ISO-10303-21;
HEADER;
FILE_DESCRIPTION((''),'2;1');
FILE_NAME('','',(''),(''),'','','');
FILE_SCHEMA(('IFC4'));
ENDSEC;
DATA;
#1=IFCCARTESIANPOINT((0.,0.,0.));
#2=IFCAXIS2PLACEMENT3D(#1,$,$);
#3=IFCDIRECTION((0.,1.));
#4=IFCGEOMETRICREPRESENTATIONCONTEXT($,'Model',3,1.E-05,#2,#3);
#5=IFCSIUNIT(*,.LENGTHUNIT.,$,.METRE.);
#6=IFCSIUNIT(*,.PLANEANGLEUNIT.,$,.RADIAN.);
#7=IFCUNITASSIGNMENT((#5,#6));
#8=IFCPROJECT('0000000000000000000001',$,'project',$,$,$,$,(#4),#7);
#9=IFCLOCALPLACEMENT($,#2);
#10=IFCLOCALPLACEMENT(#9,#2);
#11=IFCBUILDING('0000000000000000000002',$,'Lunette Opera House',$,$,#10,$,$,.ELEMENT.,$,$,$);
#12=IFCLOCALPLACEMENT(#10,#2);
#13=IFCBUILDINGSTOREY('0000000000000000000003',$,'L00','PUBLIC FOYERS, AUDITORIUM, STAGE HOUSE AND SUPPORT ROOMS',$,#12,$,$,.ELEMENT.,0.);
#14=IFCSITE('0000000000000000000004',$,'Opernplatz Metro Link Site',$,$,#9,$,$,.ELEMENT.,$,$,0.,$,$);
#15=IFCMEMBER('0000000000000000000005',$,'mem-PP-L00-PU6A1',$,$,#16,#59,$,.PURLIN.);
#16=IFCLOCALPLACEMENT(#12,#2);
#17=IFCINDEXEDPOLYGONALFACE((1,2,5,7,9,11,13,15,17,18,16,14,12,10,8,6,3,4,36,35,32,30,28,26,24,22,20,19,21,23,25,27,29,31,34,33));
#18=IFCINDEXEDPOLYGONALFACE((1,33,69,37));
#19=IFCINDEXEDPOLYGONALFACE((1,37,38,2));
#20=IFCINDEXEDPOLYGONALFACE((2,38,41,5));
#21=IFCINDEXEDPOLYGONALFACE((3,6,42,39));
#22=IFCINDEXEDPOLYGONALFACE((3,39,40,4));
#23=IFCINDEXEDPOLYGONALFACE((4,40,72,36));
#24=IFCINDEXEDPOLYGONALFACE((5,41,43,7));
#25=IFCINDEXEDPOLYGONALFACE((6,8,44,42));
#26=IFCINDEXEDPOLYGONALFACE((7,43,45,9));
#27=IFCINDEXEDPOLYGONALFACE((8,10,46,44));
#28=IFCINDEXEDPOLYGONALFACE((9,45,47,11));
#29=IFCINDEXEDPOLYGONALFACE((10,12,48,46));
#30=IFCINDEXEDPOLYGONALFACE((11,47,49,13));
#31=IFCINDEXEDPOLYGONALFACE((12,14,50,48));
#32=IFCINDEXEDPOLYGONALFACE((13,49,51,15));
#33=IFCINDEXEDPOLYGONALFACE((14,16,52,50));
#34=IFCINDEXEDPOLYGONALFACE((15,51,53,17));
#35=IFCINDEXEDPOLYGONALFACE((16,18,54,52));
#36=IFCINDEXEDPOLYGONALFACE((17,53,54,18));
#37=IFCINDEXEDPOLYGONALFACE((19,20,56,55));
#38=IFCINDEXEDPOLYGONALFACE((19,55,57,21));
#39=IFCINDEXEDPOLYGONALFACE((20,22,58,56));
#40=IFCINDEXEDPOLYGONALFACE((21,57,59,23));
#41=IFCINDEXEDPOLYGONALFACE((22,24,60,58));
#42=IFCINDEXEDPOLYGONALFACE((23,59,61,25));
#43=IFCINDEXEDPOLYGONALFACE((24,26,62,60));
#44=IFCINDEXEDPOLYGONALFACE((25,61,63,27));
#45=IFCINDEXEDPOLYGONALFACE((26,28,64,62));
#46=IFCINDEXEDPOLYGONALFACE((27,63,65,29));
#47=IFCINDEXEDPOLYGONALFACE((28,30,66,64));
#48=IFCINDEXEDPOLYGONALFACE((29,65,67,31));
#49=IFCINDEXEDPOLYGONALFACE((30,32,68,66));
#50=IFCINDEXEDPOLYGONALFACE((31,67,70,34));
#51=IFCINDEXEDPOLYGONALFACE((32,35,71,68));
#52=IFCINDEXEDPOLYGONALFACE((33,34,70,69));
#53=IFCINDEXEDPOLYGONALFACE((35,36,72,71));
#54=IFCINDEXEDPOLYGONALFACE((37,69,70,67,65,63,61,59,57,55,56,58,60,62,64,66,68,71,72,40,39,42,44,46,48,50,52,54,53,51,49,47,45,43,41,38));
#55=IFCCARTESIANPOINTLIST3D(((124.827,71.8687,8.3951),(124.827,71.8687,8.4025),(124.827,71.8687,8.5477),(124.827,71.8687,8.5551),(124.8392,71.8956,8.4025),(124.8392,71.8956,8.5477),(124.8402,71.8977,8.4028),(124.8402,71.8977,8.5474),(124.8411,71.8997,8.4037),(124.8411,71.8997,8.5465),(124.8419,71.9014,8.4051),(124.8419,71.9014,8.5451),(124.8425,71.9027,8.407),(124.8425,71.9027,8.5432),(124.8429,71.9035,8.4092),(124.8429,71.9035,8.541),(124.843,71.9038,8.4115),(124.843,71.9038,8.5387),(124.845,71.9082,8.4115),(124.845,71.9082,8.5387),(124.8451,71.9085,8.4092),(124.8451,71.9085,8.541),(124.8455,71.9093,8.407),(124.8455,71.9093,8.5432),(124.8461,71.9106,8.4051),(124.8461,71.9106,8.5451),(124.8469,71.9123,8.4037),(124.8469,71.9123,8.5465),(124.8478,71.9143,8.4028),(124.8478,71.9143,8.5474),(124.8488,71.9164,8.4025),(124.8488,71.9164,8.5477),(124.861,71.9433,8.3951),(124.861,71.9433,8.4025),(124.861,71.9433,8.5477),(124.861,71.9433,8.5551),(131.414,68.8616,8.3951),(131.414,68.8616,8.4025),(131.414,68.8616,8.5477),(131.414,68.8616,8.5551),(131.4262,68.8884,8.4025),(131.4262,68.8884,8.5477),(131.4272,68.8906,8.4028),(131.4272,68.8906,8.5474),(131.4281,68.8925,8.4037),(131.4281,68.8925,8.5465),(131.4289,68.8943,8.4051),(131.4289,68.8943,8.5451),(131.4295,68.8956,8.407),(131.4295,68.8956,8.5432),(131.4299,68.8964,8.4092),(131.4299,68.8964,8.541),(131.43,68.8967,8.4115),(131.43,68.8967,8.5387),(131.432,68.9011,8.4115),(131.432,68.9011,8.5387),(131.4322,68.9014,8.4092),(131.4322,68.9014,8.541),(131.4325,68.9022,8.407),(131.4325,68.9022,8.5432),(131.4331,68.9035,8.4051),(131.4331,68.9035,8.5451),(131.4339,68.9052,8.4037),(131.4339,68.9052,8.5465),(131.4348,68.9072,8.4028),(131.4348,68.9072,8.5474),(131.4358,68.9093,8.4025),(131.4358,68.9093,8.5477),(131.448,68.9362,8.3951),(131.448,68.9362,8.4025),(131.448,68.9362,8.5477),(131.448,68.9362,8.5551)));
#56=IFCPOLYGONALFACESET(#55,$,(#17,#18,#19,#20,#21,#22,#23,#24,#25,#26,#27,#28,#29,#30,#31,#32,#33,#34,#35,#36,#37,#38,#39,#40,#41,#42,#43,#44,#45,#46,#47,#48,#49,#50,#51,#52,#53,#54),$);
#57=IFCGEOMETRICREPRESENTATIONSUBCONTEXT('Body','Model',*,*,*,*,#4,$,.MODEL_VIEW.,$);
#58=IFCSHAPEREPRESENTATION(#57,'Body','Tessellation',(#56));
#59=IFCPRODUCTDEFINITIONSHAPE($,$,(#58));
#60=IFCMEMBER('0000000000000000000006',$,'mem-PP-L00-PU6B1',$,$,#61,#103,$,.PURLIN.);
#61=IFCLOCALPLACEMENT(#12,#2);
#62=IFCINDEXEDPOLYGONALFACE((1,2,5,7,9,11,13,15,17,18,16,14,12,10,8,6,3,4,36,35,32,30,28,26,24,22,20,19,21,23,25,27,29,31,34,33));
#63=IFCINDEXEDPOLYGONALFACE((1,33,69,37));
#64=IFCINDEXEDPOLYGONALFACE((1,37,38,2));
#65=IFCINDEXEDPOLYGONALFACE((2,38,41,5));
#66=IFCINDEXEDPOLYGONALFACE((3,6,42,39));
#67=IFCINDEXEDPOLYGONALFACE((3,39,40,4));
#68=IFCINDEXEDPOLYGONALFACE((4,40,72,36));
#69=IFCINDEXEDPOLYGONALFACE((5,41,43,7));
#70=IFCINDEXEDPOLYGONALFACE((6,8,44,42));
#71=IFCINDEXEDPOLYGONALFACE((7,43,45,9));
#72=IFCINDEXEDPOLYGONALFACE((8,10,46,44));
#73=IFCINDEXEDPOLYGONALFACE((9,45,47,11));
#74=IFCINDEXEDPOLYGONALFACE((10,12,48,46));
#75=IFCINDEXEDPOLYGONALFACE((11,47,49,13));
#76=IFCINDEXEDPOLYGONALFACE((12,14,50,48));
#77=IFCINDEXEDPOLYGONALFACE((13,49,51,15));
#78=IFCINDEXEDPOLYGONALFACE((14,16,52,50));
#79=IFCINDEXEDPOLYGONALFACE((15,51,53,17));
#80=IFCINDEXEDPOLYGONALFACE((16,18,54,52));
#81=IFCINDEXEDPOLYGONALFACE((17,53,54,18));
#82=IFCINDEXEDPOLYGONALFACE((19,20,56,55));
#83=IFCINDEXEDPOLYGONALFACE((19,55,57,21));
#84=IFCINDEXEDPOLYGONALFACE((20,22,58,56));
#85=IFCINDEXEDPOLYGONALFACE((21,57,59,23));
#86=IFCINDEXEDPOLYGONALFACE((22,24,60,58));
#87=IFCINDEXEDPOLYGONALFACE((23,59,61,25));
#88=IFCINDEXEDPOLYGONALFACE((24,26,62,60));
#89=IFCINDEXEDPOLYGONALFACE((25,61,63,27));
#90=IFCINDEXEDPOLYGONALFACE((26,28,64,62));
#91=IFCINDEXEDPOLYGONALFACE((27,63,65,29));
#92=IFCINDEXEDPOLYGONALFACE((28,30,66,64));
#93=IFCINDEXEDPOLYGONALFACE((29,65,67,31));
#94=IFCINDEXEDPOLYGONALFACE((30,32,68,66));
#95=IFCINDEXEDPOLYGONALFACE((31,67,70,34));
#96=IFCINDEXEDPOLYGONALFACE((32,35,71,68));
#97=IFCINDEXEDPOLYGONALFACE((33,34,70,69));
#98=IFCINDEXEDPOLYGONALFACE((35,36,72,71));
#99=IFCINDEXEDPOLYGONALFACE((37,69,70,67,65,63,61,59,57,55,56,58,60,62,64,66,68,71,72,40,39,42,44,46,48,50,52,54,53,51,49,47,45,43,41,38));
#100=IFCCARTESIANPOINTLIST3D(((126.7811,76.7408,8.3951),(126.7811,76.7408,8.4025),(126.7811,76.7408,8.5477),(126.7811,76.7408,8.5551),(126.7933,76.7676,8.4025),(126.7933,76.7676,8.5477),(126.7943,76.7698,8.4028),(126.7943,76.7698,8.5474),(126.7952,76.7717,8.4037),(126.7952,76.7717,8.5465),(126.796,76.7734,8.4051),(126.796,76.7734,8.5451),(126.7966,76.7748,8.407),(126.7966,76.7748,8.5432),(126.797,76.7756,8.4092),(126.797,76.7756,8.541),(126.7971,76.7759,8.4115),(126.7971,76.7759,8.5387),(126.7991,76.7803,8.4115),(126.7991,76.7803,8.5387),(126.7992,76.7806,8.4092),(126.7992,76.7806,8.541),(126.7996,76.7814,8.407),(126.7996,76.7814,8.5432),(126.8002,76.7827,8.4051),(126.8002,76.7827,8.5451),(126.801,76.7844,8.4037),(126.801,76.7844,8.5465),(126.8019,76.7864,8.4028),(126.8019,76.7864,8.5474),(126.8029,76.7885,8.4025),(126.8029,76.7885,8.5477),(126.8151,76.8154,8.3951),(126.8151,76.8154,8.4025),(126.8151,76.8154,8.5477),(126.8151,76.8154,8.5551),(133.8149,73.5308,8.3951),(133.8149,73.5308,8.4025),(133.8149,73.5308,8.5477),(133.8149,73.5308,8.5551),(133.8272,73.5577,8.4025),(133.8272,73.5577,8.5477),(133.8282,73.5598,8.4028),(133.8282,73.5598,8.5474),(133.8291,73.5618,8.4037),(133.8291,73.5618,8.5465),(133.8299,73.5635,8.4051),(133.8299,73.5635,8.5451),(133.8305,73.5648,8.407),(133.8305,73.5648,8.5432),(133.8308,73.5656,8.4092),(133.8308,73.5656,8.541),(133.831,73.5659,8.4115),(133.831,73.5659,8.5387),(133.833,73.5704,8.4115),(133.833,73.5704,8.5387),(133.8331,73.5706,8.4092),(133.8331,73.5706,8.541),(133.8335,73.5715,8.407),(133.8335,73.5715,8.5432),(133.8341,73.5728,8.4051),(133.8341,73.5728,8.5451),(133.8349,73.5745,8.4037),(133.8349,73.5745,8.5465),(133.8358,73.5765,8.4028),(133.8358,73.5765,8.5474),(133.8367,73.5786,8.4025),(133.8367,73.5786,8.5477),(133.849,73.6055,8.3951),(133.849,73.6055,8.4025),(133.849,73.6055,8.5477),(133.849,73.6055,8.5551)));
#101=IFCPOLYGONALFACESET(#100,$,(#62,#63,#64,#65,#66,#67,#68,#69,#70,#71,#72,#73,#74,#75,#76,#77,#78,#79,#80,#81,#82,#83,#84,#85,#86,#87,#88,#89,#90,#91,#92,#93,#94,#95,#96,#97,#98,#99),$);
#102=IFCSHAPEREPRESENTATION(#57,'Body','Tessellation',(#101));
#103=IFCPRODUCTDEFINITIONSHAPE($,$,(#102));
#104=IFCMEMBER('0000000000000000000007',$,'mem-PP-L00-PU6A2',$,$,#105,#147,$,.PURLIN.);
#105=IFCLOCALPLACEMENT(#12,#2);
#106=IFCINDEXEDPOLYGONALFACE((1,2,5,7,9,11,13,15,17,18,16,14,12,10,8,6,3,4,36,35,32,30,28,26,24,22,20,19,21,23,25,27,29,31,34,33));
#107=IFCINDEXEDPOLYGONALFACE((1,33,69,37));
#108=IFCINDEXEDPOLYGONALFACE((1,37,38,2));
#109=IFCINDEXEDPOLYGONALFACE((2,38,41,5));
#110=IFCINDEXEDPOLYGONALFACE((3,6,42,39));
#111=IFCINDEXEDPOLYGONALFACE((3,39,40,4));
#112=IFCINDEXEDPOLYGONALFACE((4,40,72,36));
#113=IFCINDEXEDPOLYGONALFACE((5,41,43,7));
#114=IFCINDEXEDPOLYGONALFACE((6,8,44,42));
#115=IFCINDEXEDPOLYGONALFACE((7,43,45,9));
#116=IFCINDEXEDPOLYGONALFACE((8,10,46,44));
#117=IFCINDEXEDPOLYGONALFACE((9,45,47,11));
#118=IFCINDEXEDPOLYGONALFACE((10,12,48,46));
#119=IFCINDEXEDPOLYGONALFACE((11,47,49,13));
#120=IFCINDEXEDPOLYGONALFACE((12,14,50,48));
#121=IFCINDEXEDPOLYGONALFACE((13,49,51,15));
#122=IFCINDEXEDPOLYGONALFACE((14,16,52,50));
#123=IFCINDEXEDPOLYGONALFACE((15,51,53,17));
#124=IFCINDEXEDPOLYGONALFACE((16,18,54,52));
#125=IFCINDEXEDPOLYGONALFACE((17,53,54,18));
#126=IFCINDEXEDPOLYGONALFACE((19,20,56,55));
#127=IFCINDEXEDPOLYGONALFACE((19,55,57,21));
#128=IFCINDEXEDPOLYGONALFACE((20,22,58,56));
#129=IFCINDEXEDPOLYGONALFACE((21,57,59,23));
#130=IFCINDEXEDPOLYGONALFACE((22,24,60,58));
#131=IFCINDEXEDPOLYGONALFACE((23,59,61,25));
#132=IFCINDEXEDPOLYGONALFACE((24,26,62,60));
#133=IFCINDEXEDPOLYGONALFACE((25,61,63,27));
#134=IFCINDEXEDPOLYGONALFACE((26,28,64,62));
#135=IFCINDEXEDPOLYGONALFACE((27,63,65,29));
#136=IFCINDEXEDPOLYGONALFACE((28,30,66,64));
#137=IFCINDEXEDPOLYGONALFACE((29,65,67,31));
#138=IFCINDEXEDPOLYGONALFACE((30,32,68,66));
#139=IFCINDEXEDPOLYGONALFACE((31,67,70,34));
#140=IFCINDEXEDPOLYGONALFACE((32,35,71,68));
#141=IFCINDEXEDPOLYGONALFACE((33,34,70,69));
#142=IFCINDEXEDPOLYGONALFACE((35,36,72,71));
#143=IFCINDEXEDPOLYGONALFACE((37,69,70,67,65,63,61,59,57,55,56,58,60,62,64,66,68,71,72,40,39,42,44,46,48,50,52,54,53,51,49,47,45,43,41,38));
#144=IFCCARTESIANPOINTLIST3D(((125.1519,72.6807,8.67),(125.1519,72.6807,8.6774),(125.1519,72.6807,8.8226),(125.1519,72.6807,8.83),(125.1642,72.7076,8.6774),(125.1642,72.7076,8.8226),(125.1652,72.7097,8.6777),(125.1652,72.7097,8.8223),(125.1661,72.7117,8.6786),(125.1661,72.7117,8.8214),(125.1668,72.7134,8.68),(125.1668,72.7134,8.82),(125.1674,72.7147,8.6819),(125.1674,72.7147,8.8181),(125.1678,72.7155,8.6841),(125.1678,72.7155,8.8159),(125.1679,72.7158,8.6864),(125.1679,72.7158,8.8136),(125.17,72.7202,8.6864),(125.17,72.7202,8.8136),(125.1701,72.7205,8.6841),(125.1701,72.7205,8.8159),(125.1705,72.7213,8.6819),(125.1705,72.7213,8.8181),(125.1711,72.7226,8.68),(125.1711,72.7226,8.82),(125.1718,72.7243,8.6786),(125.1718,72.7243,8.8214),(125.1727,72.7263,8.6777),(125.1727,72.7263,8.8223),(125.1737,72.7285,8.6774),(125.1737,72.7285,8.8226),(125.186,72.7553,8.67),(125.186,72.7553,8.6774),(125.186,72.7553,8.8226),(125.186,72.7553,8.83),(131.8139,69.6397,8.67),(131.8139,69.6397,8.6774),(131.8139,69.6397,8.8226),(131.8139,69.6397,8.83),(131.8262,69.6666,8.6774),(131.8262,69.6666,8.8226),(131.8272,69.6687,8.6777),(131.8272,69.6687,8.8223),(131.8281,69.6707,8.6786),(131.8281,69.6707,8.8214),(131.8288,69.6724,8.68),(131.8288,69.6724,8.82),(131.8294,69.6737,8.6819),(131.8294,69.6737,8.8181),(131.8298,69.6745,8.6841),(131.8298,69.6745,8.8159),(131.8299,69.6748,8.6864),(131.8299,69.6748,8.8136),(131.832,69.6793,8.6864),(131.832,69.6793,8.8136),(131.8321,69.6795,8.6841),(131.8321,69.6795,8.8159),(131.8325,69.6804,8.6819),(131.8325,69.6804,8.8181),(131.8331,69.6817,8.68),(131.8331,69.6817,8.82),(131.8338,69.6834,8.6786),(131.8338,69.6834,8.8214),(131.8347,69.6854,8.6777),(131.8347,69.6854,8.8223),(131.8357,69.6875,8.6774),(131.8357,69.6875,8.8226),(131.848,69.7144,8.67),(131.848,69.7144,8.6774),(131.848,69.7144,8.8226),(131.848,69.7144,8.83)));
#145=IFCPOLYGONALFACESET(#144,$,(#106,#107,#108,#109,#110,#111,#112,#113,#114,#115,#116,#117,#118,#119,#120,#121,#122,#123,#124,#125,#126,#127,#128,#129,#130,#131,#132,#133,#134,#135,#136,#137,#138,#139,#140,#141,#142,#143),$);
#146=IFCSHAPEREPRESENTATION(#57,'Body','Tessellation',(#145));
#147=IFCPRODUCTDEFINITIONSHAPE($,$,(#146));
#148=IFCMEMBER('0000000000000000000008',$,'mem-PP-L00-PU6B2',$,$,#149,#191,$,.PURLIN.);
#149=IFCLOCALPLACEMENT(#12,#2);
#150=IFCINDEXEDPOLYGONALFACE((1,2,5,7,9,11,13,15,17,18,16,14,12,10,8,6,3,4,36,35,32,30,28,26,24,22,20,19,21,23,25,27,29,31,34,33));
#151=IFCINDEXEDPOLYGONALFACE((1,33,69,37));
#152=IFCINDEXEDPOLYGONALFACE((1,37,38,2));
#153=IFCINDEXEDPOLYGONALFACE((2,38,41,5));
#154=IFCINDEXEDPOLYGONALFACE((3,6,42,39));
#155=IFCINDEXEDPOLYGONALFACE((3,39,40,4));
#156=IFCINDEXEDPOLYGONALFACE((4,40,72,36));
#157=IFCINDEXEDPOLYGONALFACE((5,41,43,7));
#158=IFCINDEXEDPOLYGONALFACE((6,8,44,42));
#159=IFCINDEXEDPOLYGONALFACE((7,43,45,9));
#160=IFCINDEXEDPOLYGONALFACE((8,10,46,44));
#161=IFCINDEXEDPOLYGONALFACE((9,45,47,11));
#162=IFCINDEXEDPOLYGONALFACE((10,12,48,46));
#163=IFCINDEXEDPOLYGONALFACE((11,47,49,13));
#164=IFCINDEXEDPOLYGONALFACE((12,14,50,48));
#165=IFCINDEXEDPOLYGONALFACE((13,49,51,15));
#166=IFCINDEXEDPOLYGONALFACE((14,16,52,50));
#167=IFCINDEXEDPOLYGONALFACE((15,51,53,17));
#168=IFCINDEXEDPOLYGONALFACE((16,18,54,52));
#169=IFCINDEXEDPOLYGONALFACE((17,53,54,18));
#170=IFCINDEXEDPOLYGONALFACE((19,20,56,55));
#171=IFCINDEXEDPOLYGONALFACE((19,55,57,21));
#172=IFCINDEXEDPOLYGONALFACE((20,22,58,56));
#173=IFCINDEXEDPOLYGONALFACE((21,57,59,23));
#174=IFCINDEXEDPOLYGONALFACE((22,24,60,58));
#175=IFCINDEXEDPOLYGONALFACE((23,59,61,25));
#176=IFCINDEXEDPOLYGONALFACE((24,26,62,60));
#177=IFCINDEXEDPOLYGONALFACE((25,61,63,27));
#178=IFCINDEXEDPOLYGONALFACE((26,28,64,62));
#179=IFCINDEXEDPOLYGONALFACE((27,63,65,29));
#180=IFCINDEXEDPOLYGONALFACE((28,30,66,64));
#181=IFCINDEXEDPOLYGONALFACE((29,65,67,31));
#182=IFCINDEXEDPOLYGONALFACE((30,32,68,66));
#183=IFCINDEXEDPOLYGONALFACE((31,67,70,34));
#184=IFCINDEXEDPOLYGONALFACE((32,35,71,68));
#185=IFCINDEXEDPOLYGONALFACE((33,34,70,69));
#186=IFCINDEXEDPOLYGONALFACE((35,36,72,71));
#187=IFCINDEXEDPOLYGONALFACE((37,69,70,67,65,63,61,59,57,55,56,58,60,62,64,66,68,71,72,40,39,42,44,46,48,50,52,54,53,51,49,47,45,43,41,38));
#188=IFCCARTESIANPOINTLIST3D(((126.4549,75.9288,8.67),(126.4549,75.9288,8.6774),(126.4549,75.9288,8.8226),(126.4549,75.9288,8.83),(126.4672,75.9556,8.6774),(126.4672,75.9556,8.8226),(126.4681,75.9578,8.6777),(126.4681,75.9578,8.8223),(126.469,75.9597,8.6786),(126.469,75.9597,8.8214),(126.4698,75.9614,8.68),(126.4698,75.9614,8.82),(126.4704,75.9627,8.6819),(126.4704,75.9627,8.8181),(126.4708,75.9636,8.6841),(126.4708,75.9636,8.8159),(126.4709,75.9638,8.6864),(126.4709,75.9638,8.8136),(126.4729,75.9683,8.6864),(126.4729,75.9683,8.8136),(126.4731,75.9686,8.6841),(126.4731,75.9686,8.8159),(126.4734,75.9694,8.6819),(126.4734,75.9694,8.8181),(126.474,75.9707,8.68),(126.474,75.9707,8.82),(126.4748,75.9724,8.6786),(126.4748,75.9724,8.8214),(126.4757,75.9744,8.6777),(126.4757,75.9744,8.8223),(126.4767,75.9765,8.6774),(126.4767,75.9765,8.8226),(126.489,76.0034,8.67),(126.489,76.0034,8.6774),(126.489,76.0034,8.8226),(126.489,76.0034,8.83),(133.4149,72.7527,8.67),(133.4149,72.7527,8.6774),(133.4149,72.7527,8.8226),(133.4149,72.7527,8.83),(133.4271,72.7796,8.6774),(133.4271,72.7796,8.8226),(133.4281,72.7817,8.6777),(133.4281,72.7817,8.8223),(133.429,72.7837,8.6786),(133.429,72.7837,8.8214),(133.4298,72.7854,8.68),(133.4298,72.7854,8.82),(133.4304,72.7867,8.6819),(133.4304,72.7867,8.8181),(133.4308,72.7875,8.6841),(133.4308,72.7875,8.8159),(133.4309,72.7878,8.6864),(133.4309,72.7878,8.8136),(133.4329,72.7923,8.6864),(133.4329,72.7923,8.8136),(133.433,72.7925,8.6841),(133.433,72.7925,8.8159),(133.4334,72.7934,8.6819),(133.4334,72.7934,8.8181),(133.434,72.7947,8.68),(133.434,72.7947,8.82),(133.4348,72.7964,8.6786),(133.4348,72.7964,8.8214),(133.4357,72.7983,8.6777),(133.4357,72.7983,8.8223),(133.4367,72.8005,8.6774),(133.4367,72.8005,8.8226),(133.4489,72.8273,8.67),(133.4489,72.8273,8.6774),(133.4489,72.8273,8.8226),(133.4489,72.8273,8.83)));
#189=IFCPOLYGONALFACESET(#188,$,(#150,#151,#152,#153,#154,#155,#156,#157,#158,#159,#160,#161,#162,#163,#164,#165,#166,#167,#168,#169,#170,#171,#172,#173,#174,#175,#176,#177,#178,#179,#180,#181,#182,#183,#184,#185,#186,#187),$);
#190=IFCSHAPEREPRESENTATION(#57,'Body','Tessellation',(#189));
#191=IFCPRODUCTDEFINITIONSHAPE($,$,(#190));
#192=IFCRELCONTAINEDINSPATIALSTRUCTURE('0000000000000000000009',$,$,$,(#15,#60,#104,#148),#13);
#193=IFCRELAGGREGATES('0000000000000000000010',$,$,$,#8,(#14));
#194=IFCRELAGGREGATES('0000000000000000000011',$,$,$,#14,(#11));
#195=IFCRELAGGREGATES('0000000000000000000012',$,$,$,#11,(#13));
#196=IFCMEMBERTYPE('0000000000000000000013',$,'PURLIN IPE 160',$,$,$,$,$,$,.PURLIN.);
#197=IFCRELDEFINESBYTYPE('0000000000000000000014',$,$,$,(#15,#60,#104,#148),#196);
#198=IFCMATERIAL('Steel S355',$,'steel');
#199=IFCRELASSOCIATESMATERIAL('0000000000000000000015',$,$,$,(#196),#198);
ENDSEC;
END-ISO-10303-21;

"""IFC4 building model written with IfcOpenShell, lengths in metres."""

from ifc_helpers import new_model, si_unit, direction, frame, origin, origin_2d, place, context, subcontext, project, spatial, i_section, extrude, material, material_profile, profile_set, type_object, element, save


model = new_model("IFC4")

# Units and contexts
model_context = context("Model", 3, precision=1e-05, world=origin(), true_north=direction((0.0, 1.0)))
body_context = subcontext(model_context, "Body", "Model", "MODEL_VIEW")
ifc_project = project(units=[si_unit("LENGTHUNIT", "METRE"), si_unit("PLANEANGLEUNIT", "RADIAN")], contexts=[model_context])

# Site, building, storey
site_placement = place(None, origin())
site = spatial("IfcSite", under=ifc_project, at=site_placement, Name="Opernplatz Metro Link Site", CompositionType="ELEMENT", RefElevation=0.0)
building_placement = place(site_placement, origin())
building = spatial("IfcBuilding", under=site, at=building_placement, Name="Lunette Opera House", CompositionType="ELEMENT")
storey_placement = place(building_placement, origin())
storey = spatial("IfcBuildingStorey", under=building, at=storey_placement, Name="L00", Description="PUBLIC FOYERS, AUDITORIUM, STAGE HOUSE AND SUPPORT ROOMS", CompositionType="ELEMENT", Elevation=0.0)

# Members
ifc_material_1 = material(Name="Steel S355", Category="steel")
ifc_material_profile_1 = material_profile(ifc_material_1, i_section(OverallWidth=0.082, OverallDepth=0.1599, WebThickness=0.0049, FlangeThickness=0.0073, FilletRadius=0.009, at=origin_2d()), Name="IPE 160")
ifc_profile_set_1 = profile_set([ifc_material_profile_1], Name="Steel S355")
member_type_1 = type_object("IfcMemberType", Name="PURLIN IPE 160", PredefinedType="PURLIN", material=ifc_profile_set_1)
member_1_placement = place(storey_placement, frame((124.844, 71.906, 8.4751), z_axis=(0.909687, -0.415294, 0.0), x_axis=(0.415294, 0.909687, 0.0)))
element("IfcMember", 1, at=member_1_placement, inside=storey, type_object=member_type_1, Name="mem-PP-L00-PU6A1", PredefinedType="PURLIN", context=body_context, shape_type="SweptSolid", body=[
    extrude(i_section(OverallWidth=0.082, OverallDepth=0.1599, WebThickness=0.0049, FlangeThickness=0.0073, FilletRadius=0.009, at=origin_2d()), origin(), (0.0, 0.0, 1.0), 7.241),
])
member_2_placement = place(storey_placement, frame((126.7981, 76.7781, 8.4751), z_axis=(0.909746, -0.415166, 0.0), x_axis=(0.415166, 0.909746, 0.0)))
element("IfcMember", 2, at=member_2_placement, inside=storey, type_object=member_type_1, Name="mem-PP-L00-PU6B1", PredefinedType="PURLIN", context=body_context, shape_type="SweptSolid", body=[
    extrude(i_section(OverallWidth=0.082, OverallDepth=0.1599, WebThickness=0.0049, FlangeThickness=0.0073, FilletRadius=0.009, at=origin_2d()), origin(), (0.0, 0.0, 1.0), 7.7317),
])
member_3_placement = place(storey_placement, frame((125.1689, 72.718, 8.75), z_axis=(0.909708, -0.415249, 0.0), x_axis=(0.415249, 0.909708, 0.0)))
element("IfcMember", 3, at=member_3_placement, inside=storey, type_object=member_type_1, Name="mem-PP-L00-PU6A2", PredefinedType="PURLIN", context=body_context, shape_type="SweptSolid", body=[
    extrude(i_section(OverallWidth=0.082, OverallDepth=0.1599, WebThickness=0.0049, FlangeThickness=0.0073, FilletRadius=0.009, at=origin_2d()), origin(), (0.0, 0.0, 1.0), 7.3232),
])
member_4_placement = place(storey_placement, frame((126.4719, 75.9661, 8.75), z_axis=(0.909755, -0.415147, 0.0), x_axis=(0.415147, 0.909755, 0.0)))
element("IfcMember", 4, at=member_4_placement, inside=storey, type_object=member_type_1, Name="mem-PP-L00-PU6B2", PredefinedType="PURLIN", context=body_context, shape_type="SweptSolid", body=[
    extrude(i_section(OverallWidth=0.082, OverallDepth=0.1599, WebThickness=0.0049, FlangeThickness=0.0073, FilletRadius=0.009, at=origin_2d()), origin(), (0.0, 0.0, 1.0), 7.6504),
])

save(model, "model.ifc")
